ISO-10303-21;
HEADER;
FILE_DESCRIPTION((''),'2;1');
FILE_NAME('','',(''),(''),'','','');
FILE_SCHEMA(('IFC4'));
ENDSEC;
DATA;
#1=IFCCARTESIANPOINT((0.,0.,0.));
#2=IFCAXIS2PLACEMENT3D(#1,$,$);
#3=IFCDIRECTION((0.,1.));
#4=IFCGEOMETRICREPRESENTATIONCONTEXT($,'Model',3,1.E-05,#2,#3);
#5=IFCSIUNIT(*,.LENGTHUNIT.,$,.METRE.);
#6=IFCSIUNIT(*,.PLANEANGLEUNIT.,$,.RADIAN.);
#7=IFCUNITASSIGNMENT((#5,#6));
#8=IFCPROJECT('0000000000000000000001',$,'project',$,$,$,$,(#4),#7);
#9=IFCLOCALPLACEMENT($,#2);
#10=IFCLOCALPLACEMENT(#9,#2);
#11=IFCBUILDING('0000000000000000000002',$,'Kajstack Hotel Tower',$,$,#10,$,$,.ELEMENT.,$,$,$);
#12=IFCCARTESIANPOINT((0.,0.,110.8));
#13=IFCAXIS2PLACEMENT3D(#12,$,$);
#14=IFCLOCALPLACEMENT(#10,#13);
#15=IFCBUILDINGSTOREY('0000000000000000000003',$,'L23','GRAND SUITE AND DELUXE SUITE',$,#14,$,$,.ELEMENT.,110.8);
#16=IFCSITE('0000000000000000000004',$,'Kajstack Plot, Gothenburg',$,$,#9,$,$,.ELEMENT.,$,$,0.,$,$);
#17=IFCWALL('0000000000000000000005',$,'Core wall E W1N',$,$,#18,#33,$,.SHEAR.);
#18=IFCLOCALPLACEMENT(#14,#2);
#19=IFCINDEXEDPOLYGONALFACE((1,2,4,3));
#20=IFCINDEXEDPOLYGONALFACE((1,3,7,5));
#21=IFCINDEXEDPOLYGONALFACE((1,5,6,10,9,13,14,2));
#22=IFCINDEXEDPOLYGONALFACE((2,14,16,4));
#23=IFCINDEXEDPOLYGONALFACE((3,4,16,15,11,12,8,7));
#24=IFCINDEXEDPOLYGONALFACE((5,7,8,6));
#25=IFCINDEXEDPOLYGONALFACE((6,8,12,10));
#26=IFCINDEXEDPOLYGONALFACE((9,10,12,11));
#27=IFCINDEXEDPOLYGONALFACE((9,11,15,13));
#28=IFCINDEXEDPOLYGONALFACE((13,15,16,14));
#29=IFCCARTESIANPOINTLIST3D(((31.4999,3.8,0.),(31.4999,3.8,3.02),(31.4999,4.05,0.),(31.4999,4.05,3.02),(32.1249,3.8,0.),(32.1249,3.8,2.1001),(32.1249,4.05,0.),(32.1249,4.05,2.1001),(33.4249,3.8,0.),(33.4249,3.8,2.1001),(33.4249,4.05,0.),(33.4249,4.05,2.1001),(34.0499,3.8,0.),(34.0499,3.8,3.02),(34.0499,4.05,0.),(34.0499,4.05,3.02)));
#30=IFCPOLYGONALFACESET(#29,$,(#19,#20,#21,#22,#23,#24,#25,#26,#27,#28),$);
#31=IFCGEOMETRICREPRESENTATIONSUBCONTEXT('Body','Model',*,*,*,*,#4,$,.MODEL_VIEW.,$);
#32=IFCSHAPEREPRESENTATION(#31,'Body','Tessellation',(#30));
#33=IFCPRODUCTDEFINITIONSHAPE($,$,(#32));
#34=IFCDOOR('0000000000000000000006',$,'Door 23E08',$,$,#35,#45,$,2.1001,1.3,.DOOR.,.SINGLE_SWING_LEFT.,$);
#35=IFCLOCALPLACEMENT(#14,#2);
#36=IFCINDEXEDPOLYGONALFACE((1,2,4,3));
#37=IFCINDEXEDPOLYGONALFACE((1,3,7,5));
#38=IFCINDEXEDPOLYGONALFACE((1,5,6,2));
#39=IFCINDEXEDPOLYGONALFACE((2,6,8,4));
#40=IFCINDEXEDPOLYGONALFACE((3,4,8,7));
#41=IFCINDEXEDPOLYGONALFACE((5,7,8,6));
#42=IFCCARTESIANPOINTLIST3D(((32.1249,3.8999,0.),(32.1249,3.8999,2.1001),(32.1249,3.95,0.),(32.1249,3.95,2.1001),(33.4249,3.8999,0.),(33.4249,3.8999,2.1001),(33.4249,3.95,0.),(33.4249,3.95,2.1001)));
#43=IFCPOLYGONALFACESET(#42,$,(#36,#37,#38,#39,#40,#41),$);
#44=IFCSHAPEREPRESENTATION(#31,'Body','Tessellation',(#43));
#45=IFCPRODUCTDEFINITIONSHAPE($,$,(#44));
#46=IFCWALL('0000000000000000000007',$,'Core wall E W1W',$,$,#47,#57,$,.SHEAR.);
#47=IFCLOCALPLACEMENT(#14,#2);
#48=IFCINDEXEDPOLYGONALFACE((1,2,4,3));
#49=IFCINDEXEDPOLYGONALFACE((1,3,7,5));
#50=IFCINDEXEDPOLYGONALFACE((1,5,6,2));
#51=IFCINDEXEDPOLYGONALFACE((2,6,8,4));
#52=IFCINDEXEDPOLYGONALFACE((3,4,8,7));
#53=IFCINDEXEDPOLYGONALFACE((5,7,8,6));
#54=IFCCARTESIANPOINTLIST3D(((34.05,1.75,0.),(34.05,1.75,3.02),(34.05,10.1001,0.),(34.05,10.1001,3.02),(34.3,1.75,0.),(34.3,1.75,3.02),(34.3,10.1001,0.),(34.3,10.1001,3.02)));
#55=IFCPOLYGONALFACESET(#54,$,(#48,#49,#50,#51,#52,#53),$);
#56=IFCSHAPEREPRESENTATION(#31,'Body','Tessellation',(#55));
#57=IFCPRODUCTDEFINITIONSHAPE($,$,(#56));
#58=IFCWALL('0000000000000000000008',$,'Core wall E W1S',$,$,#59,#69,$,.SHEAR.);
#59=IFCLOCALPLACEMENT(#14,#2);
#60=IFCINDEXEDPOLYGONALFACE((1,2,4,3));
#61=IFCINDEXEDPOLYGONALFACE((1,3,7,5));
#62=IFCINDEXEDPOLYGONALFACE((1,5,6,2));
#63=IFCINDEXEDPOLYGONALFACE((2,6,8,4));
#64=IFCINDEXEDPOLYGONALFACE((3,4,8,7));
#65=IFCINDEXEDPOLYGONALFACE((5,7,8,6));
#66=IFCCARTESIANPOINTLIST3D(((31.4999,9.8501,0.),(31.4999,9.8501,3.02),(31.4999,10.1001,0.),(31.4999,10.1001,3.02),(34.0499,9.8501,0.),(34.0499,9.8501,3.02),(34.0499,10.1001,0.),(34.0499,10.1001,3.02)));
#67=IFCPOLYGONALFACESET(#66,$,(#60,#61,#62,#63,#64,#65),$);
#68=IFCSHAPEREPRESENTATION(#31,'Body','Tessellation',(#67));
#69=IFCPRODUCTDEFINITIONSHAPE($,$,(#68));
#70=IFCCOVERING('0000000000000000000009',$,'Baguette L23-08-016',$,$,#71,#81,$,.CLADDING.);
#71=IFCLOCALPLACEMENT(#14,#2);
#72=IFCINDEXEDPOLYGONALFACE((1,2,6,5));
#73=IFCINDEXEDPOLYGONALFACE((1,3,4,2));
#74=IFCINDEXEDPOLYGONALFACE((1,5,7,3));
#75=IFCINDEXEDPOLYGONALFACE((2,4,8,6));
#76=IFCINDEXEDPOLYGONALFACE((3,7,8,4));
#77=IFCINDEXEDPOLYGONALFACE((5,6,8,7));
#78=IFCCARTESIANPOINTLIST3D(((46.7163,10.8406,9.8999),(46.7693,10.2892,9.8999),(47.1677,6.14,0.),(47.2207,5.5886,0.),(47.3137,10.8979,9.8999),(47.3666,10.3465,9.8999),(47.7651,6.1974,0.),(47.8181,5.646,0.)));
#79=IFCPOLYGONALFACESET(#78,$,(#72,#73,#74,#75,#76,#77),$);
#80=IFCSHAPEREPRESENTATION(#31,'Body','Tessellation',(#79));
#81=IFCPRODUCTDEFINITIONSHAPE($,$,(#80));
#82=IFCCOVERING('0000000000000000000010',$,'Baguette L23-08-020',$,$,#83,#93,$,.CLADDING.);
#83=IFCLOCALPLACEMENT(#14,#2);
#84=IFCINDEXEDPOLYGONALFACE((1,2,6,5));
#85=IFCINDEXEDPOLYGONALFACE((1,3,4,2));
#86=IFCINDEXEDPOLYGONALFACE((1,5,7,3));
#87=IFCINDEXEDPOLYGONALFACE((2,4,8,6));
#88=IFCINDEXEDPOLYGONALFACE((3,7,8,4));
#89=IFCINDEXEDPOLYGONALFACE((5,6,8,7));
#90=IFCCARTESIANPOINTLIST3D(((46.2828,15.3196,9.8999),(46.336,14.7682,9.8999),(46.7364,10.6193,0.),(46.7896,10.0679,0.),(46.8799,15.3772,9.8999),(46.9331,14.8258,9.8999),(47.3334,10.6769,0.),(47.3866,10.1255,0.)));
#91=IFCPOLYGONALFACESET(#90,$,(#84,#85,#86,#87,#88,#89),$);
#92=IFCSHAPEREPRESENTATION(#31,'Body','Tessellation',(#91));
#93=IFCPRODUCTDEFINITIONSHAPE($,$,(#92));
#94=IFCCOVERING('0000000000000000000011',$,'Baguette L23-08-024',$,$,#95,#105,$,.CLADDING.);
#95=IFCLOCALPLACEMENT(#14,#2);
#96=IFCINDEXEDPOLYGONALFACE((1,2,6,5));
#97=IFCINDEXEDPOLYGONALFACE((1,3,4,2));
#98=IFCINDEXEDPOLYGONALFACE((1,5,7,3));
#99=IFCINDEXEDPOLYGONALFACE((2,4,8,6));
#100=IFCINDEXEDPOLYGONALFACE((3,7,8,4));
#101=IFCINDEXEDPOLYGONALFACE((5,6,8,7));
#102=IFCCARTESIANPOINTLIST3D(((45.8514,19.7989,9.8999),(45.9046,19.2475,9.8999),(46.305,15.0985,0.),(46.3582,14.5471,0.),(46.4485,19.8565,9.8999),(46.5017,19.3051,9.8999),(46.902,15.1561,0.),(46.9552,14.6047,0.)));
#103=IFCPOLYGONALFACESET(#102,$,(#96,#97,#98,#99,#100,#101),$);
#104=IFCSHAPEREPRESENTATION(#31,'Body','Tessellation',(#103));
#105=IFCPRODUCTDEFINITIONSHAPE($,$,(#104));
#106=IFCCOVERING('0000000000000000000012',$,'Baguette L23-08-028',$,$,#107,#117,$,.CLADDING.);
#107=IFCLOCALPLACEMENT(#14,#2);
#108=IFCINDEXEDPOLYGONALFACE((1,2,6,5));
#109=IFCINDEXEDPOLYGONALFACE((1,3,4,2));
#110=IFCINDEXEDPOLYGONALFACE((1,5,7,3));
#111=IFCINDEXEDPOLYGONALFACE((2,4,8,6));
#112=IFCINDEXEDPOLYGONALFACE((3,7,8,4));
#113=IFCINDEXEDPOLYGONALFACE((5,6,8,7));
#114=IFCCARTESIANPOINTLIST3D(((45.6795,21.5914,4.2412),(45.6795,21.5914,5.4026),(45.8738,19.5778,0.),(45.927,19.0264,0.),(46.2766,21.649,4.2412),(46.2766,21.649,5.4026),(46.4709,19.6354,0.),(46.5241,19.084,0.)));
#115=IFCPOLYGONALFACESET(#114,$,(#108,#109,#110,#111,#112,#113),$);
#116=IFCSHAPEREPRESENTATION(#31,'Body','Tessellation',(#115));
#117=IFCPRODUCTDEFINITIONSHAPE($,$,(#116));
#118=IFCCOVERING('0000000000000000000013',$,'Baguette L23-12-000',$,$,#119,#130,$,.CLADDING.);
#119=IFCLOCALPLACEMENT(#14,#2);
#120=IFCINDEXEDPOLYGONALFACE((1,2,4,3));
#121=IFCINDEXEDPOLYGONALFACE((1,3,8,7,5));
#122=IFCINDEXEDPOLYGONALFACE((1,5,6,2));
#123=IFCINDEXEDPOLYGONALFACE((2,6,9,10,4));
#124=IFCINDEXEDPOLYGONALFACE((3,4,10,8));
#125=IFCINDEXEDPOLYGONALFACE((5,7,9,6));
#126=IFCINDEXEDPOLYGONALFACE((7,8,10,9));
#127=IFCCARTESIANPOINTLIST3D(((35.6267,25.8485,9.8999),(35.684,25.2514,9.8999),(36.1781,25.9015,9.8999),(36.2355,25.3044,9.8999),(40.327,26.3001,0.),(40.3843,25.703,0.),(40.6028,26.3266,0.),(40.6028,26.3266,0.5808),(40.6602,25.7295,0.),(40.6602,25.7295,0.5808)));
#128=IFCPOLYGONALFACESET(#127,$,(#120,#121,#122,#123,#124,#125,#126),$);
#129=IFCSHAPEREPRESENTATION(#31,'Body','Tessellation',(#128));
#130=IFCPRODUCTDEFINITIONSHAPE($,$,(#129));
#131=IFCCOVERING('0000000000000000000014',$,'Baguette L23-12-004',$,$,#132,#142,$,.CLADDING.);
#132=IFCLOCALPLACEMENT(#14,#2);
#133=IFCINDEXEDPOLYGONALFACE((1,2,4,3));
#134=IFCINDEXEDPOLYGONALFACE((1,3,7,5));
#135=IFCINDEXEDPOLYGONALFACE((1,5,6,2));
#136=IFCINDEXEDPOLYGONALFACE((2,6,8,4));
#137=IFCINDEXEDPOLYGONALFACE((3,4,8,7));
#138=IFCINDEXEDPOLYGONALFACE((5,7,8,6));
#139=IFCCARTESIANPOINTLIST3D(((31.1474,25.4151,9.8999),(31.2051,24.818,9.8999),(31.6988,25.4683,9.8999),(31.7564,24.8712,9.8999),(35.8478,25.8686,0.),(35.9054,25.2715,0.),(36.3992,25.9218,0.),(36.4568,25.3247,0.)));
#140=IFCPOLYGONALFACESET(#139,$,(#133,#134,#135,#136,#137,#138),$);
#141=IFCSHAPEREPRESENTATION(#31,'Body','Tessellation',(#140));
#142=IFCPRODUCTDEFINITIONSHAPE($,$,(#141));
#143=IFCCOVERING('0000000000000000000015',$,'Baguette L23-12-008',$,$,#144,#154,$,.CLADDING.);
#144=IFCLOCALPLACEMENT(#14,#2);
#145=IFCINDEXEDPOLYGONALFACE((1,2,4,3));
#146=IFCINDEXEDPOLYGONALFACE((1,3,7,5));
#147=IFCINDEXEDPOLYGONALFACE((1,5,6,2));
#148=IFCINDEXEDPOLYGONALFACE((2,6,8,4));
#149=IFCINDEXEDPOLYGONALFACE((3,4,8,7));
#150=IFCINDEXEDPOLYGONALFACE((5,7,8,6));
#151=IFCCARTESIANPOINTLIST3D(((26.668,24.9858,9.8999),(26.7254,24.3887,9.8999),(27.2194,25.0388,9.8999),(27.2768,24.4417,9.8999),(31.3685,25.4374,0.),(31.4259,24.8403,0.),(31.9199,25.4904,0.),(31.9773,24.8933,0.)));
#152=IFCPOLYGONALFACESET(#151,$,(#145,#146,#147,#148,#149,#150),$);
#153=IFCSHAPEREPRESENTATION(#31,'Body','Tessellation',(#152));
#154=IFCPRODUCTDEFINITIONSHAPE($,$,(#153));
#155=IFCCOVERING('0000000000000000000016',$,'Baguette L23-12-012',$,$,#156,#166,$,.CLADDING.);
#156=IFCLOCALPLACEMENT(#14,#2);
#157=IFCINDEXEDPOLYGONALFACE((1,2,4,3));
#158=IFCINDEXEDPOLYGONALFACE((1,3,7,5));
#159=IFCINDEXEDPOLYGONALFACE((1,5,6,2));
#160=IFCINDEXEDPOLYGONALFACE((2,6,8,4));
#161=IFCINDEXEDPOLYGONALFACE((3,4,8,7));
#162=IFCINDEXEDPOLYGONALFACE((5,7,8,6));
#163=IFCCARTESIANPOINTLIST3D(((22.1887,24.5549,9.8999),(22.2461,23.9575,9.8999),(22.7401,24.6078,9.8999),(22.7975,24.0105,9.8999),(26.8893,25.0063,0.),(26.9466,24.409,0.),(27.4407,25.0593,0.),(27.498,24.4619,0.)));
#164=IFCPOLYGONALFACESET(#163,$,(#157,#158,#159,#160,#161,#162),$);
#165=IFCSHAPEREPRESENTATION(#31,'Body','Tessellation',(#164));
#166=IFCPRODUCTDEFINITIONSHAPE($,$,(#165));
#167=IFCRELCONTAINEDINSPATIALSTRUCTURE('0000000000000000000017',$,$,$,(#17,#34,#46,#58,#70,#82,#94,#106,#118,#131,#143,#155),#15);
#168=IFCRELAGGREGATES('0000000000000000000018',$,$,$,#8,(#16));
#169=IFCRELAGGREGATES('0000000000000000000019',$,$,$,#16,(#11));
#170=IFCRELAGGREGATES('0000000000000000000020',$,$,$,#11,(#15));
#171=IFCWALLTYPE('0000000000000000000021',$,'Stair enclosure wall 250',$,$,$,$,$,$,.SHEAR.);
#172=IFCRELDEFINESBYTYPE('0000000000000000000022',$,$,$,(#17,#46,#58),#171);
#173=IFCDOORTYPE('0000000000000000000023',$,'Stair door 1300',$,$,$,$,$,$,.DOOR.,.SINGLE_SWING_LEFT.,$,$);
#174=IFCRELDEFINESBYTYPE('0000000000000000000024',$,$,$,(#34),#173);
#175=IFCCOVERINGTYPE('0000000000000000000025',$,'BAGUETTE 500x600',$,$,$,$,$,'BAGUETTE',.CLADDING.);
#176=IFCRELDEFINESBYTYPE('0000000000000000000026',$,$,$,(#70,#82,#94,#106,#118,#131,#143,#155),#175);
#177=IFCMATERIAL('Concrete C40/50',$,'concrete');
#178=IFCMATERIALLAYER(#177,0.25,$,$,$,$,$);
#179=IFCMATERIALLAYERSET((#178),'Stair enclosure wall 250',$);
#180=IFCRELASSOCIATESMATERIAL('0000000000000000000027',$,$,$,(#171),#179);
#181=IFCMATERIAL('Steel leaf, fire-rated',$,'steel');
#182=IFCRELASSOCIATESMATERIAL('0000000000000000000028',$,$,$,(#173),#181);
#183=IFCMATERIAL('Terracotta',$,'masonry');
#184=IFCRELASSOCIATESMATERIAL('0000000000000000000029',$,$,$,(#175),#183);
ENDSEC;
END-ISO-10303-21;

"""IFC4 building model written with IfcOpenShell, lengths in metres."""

from ifc_helpers import new_model, si_unit, direction, frame, frame_2d, origin, origin_2d, place, context, subcontext, project, spatial, polyline, rectangle, outline, extrude, material, layer, layer_set, material_profile, profile_set, type_object, element, fill, save


model = new_model("IFC4")

# Units and contexts
model_context = context("Model", 3, precision=1e-05, world=origin(), true_north=direction((0.0, 1.0)))
body_context = subcontext(model_context, "Body", "Model", "MODEL_VIEW")
ifc_project = project(units=[si_unit("LENGTHUNIT", "METRE"), si_unit("PLANEANGLEUNIT", "RADIAN")], contexts=[model_context])

# Site, building, storey
site_placement = place(None, origin())
site = spatial("IfcSite", under=ifc_project, at=site_placement, Name="Kajstack Plot, Gothenburg", CompositionType="ELEMENT", RefElevation=0.0)
building_placement = place(site_placement, origin())
building = spatial("IfcBuilding", under=site, at=building_placement, Name="Kajstack Hotel Tower", CompositionType="ELEMENT")
storey_placement = place(building_placement, frame((0.0, 0.0, 110.8)))
storey = spatial("IfcBuildingStorey", under=building, at=storey_placement, Name="L23", Description="GRAND SUITE AND DELUXE SUITE", CompositionType="ELEMENT", Elevation=110.8)

# Shared definitions
ifc_material_1 = material(Name="Concrete C40/50", Category="concrete")

# Wall, opening, door
ifc_layer_1 = layer(ifc_material_1, 0.25)
ifc_layer_set_1 = layer_set([ifc_layer_1], Name="Stair enclosure wall 250")
wall_type_1 = type_object("IfcWallType", Name="Stair enclosure wall 250", PredefinedType="SHEAR", material=ifc_layer_set_1)
wall_1_placement = place(storey_placement, frame((31.5, 3.925, 0.0), z_axis=(0.0, 0.0, 1.0), x_axis=(1.0, 0.0, 0.0)))
wall_1 = element("IfcWall", 1, at=wall_1_placement, inside=storey, type_object=wall_type_1, Name="Core wall E W1N", PredefinedType="SHEAR", context=body_context, shape_type="SweptSolid", body=[
    extrude(rectangle(XDim=2.55, YDim=0.25, at=frame_2d((1.2749, 0.0))), origin(), (0.0, 0.0, 1.0), 3.02),
])
opening_1_placement = place(wall_1_placement, frame((0.625, 0.0, 0.0)))
opening_1 = element("IfcOpeningElement", 2, at=opening_1_placement, cuts=wall_1, PredefinedType="OPENING", context=body_context, shape_type="SweptSolid", body=[
    extrude(rectangle(XDim=1.3, YDim=2.1001, at=frame_2d((0.6499, 1.05))), frame((0.0, 0.135, 0.0), z_axis=(0.0, -1.0, 0.0), x_axis=(1.0, 0.0, 0.0)), (0.0, 0.0, 1.0), 0.27),
])
ifc_material_2 = material(Name="Steel leaf, fire-rated", Category="steel")
door_type_1 = type_object("IfcDoorType", Name="Stair door 1300", OperationType="SINGLE_SWING_LEFT", PredefinedType="DOOR", material=ifc_material_2)
door_1_placement = place(opening_1_placement, origin())
door_1 = element("IfcDoor", 3, at=door_1_placement, inside=storey, type_object=door_type_1, Name="Door 23E08", OperationType="SINGLE_SWING_LEFT", OverallHeight=2.1001, OverallWidth=1.3, PredefinedType="DOOR", context=body_context, shape_type="SweptSolid", body=[
    extrude(rectangle(XDim=1.3, YDim=2.1001, at=frame_2d((0.6499, 1.05))), frame((0.0, 0.0249, 0.0), z_axis=(0.0, -1.0, 0.0), x_axis=(1.0, 0.0, 0.0)), (0.0, 0.0, 1.0), 0.05),
])
fill(opening_1, door_1)

# Walls
wall_2_placement = place(storey_placement, frame((34.175, 1.75, 0.0), z_axis=(0.0, 0.0, 1.0), x_axis=(0.0, 1.0, 0.0)))
element("IfcWall", 4, at=wall_2_placement, inside=storey, type_object=wall_type_1, Name="Core wall E W1W", PredefinedType="SHEAR", context=body_context, shape_type="SweptSolid", body=[
    extrude(rectangle(XDim=8.3501, YDim=0.25, at=frame_2d((4.175, 0.0))), origin(), (0.0, 0.0, 1.0), 3.02),
])
wall_3_placement = place(storey_placement, frame((31.5, 9.9751, 0.0), z_axis=(0.0, 0.0, 1.0), x_axis=(1.0, 0.0, 0.0)))
element("IfcWall", 5, at=wall_3_placement, inside=storey, type_object=wall_type_1, Name="Core wall E W1S", PredefinedType="SHEAR", context=body_context, shape_type="SweptSolid", body=[
    extrude(rectangle(XDim=2.55, YDim=0.25, at=frame_2d((1.2749, 0.0))), origin(), (0.0, 0.0, 1.0), 3.02),
])

# Coverings
ifc_material_3 = material(Name="Terracotta", Category="masonry")
ifc_material_profile = material_profile(ifc_material_3, rectangle(XDim=0.6001, YDim=0.5, at=origin_2d()), Name="Terracotta-clad concrete baguette 500 x 600")
ifc_profile_set = profile_set([ifc_material_profile], Name="Terracotta")
covering_type = type_object("IfcCoveringType", Name="BAGUETTE 500x600", ElementType="BAGUETTE", PredefinedType="CLADDING", material=ifc_profile_set)
covering_1_placement = place(storey_placement, frame((47.2207, 5.5886, 0.0), z_axis=(0.99542, 0.095596, 0.0), x_axis=(-0.095596, 0.99542, 0.0)))
element("IfcCovering", 6, at=covering_1_placement, inside=storey, type_object=covering_type, Name="Baguette L23-08-016", PredefinedType="CLADDING", context=body_context, shape_type="SweptSolid", body=[
    extrude(outline(polyline([(4.7222, 9.8999), (0.0, 0.0), (0.554, 0.0), (5.2761, 9.8999), (4.7222, 9.8999)])), origin(), (0.0, 0.0, 1.0), 0.6001),
])
for number, where, z_axis, x_axis, name in (
    (7, (46.7896, 10.0679, 0.0), (0.995378, 0.096038, 0.0), (-0.096038, 0.995378, 0.0), "Baguette L23-08-020"),
    (8, (46.3582, 14.5471, 0.0), (0.995378, 0.096038, 0.0), (-0.096038, 0.995378, 0.0), "Baguette L23-08-024"),
):
    element("IfcCovering", number, at=place(storey_placement, frame(where, z_axis=z_axis, x_axis=x_axis)), inside=storey, type_object=covering_type, Name=name, PredefinedType="CLADDING", context=body_context, shape_type="SweptSolid", body=[
        extrude(outline(polyline([(4.7222, 9.8999), (0.0, 0.0), (0.554, 0.0), (5.2761, 9.8999), (4.7222, 9.8999)])), origin(), (0.0, 0.0, 1.0), 0.5999),
    ])
covering_2_placement = place(storey_placement, frame((45.927, 19.0264, 0.0), z_axis=(0.995378, 0.096038, 0.0), x_axis=(-0.096038, 0.995378, 0.0)))
element("IfcCovering", 9, at=covering_2_placement, inside=storey, type_object=covering_type, Name="Baguette L23-08-028", PredefinedType="CLADDING", context=body_context, shape_type="SweptSolid", body=[
    extrude(outline(polyline([(0.554, 0.0), (2.5769, 4.2412), (2.5769, 5.4026), (0.0, 0.0), (0.554, 0.0)])), origin(), (0.0, 0.0, 1.0), 0.5999),
])
covering_3_placement = place(storey_placement, frame((40.6602, 25.7295, 0.0), z_axis=(-0.095635, 0.995416, 0.0), x_axis=(-0.995416, -0.095635, 0.0)))
element("IfcCovering", 10, at=covering_3_placement, inside=storey, type_object=covering_type, Name="Baguette L23-12-000", PredefinedType="CLADDING", context=body_context, shape_type="SweptSolid", body=[
    extrude(outline(polyline([(4.4451, 9.8999), (0.0, 0.5808), (0.0, 0.0), (0.2771, 0.0), (4.999, 9.8999), (4.4451, 9.8999)])), origin(), (0.0, 0.0, 1.0), 0.5999),
])
for number, where, z_axis, x_axis, name in (
    (11, (36.4568, 25.3247, 0.0), (-0.096038, 0.995378, 0.0), (-0.995378, -0.096038, 0.0), "Baguette L23-12-004"),
    (12, (31.9773, 24.8933, 0.0), (-0.095635, 0.995416, 0.0), (-0.995416, -0.095635, 0.0), "Baguette L23-12-008"),
):
    element("IfcCovering", number, at=place(storey_placement, frame(where, z_axis=z_axis, x_axis=x_axis)), inside=storey, type_object=covering_type, Name=name, PredefinedType="CLADDING", context=body_context, shape_type="SweptSolid", body=[
        extrude(outline(polyline([(4.7222, 9.8999), (0.0, 0.0), (0.554, 0.0), (5.2761, 9.8999), (4.7222, 9.8999)])), origin(), (0.0, 0.0, 1.0), 0.5999),
    ])
covering_4_placement = place(storey_placement, frame((27.498, 24.4619, 0.0), z_axis=(-0.095596, 0.99542, 0.0), x_axis=(-0.99542, -0.095596, 0.0)))
element("IfcCovering", 13, at=covering_4_placement, inside=storey, type_object=covering_type, Name="Baguette L23-12-012", PredefinedType="CLADDING", context=body_context, shape_type="SweptSolid", body=[
    extrude(outline(polyline([(4.7222, 9.8999), (0.0, 0.0), (0.554, 0.0), (5.2761, 9.8999), (4.7222, 9.8999)])), origin(), (0.0, 0.0, 1.0), 0.6001),
])

save(model, "model.ifc")
